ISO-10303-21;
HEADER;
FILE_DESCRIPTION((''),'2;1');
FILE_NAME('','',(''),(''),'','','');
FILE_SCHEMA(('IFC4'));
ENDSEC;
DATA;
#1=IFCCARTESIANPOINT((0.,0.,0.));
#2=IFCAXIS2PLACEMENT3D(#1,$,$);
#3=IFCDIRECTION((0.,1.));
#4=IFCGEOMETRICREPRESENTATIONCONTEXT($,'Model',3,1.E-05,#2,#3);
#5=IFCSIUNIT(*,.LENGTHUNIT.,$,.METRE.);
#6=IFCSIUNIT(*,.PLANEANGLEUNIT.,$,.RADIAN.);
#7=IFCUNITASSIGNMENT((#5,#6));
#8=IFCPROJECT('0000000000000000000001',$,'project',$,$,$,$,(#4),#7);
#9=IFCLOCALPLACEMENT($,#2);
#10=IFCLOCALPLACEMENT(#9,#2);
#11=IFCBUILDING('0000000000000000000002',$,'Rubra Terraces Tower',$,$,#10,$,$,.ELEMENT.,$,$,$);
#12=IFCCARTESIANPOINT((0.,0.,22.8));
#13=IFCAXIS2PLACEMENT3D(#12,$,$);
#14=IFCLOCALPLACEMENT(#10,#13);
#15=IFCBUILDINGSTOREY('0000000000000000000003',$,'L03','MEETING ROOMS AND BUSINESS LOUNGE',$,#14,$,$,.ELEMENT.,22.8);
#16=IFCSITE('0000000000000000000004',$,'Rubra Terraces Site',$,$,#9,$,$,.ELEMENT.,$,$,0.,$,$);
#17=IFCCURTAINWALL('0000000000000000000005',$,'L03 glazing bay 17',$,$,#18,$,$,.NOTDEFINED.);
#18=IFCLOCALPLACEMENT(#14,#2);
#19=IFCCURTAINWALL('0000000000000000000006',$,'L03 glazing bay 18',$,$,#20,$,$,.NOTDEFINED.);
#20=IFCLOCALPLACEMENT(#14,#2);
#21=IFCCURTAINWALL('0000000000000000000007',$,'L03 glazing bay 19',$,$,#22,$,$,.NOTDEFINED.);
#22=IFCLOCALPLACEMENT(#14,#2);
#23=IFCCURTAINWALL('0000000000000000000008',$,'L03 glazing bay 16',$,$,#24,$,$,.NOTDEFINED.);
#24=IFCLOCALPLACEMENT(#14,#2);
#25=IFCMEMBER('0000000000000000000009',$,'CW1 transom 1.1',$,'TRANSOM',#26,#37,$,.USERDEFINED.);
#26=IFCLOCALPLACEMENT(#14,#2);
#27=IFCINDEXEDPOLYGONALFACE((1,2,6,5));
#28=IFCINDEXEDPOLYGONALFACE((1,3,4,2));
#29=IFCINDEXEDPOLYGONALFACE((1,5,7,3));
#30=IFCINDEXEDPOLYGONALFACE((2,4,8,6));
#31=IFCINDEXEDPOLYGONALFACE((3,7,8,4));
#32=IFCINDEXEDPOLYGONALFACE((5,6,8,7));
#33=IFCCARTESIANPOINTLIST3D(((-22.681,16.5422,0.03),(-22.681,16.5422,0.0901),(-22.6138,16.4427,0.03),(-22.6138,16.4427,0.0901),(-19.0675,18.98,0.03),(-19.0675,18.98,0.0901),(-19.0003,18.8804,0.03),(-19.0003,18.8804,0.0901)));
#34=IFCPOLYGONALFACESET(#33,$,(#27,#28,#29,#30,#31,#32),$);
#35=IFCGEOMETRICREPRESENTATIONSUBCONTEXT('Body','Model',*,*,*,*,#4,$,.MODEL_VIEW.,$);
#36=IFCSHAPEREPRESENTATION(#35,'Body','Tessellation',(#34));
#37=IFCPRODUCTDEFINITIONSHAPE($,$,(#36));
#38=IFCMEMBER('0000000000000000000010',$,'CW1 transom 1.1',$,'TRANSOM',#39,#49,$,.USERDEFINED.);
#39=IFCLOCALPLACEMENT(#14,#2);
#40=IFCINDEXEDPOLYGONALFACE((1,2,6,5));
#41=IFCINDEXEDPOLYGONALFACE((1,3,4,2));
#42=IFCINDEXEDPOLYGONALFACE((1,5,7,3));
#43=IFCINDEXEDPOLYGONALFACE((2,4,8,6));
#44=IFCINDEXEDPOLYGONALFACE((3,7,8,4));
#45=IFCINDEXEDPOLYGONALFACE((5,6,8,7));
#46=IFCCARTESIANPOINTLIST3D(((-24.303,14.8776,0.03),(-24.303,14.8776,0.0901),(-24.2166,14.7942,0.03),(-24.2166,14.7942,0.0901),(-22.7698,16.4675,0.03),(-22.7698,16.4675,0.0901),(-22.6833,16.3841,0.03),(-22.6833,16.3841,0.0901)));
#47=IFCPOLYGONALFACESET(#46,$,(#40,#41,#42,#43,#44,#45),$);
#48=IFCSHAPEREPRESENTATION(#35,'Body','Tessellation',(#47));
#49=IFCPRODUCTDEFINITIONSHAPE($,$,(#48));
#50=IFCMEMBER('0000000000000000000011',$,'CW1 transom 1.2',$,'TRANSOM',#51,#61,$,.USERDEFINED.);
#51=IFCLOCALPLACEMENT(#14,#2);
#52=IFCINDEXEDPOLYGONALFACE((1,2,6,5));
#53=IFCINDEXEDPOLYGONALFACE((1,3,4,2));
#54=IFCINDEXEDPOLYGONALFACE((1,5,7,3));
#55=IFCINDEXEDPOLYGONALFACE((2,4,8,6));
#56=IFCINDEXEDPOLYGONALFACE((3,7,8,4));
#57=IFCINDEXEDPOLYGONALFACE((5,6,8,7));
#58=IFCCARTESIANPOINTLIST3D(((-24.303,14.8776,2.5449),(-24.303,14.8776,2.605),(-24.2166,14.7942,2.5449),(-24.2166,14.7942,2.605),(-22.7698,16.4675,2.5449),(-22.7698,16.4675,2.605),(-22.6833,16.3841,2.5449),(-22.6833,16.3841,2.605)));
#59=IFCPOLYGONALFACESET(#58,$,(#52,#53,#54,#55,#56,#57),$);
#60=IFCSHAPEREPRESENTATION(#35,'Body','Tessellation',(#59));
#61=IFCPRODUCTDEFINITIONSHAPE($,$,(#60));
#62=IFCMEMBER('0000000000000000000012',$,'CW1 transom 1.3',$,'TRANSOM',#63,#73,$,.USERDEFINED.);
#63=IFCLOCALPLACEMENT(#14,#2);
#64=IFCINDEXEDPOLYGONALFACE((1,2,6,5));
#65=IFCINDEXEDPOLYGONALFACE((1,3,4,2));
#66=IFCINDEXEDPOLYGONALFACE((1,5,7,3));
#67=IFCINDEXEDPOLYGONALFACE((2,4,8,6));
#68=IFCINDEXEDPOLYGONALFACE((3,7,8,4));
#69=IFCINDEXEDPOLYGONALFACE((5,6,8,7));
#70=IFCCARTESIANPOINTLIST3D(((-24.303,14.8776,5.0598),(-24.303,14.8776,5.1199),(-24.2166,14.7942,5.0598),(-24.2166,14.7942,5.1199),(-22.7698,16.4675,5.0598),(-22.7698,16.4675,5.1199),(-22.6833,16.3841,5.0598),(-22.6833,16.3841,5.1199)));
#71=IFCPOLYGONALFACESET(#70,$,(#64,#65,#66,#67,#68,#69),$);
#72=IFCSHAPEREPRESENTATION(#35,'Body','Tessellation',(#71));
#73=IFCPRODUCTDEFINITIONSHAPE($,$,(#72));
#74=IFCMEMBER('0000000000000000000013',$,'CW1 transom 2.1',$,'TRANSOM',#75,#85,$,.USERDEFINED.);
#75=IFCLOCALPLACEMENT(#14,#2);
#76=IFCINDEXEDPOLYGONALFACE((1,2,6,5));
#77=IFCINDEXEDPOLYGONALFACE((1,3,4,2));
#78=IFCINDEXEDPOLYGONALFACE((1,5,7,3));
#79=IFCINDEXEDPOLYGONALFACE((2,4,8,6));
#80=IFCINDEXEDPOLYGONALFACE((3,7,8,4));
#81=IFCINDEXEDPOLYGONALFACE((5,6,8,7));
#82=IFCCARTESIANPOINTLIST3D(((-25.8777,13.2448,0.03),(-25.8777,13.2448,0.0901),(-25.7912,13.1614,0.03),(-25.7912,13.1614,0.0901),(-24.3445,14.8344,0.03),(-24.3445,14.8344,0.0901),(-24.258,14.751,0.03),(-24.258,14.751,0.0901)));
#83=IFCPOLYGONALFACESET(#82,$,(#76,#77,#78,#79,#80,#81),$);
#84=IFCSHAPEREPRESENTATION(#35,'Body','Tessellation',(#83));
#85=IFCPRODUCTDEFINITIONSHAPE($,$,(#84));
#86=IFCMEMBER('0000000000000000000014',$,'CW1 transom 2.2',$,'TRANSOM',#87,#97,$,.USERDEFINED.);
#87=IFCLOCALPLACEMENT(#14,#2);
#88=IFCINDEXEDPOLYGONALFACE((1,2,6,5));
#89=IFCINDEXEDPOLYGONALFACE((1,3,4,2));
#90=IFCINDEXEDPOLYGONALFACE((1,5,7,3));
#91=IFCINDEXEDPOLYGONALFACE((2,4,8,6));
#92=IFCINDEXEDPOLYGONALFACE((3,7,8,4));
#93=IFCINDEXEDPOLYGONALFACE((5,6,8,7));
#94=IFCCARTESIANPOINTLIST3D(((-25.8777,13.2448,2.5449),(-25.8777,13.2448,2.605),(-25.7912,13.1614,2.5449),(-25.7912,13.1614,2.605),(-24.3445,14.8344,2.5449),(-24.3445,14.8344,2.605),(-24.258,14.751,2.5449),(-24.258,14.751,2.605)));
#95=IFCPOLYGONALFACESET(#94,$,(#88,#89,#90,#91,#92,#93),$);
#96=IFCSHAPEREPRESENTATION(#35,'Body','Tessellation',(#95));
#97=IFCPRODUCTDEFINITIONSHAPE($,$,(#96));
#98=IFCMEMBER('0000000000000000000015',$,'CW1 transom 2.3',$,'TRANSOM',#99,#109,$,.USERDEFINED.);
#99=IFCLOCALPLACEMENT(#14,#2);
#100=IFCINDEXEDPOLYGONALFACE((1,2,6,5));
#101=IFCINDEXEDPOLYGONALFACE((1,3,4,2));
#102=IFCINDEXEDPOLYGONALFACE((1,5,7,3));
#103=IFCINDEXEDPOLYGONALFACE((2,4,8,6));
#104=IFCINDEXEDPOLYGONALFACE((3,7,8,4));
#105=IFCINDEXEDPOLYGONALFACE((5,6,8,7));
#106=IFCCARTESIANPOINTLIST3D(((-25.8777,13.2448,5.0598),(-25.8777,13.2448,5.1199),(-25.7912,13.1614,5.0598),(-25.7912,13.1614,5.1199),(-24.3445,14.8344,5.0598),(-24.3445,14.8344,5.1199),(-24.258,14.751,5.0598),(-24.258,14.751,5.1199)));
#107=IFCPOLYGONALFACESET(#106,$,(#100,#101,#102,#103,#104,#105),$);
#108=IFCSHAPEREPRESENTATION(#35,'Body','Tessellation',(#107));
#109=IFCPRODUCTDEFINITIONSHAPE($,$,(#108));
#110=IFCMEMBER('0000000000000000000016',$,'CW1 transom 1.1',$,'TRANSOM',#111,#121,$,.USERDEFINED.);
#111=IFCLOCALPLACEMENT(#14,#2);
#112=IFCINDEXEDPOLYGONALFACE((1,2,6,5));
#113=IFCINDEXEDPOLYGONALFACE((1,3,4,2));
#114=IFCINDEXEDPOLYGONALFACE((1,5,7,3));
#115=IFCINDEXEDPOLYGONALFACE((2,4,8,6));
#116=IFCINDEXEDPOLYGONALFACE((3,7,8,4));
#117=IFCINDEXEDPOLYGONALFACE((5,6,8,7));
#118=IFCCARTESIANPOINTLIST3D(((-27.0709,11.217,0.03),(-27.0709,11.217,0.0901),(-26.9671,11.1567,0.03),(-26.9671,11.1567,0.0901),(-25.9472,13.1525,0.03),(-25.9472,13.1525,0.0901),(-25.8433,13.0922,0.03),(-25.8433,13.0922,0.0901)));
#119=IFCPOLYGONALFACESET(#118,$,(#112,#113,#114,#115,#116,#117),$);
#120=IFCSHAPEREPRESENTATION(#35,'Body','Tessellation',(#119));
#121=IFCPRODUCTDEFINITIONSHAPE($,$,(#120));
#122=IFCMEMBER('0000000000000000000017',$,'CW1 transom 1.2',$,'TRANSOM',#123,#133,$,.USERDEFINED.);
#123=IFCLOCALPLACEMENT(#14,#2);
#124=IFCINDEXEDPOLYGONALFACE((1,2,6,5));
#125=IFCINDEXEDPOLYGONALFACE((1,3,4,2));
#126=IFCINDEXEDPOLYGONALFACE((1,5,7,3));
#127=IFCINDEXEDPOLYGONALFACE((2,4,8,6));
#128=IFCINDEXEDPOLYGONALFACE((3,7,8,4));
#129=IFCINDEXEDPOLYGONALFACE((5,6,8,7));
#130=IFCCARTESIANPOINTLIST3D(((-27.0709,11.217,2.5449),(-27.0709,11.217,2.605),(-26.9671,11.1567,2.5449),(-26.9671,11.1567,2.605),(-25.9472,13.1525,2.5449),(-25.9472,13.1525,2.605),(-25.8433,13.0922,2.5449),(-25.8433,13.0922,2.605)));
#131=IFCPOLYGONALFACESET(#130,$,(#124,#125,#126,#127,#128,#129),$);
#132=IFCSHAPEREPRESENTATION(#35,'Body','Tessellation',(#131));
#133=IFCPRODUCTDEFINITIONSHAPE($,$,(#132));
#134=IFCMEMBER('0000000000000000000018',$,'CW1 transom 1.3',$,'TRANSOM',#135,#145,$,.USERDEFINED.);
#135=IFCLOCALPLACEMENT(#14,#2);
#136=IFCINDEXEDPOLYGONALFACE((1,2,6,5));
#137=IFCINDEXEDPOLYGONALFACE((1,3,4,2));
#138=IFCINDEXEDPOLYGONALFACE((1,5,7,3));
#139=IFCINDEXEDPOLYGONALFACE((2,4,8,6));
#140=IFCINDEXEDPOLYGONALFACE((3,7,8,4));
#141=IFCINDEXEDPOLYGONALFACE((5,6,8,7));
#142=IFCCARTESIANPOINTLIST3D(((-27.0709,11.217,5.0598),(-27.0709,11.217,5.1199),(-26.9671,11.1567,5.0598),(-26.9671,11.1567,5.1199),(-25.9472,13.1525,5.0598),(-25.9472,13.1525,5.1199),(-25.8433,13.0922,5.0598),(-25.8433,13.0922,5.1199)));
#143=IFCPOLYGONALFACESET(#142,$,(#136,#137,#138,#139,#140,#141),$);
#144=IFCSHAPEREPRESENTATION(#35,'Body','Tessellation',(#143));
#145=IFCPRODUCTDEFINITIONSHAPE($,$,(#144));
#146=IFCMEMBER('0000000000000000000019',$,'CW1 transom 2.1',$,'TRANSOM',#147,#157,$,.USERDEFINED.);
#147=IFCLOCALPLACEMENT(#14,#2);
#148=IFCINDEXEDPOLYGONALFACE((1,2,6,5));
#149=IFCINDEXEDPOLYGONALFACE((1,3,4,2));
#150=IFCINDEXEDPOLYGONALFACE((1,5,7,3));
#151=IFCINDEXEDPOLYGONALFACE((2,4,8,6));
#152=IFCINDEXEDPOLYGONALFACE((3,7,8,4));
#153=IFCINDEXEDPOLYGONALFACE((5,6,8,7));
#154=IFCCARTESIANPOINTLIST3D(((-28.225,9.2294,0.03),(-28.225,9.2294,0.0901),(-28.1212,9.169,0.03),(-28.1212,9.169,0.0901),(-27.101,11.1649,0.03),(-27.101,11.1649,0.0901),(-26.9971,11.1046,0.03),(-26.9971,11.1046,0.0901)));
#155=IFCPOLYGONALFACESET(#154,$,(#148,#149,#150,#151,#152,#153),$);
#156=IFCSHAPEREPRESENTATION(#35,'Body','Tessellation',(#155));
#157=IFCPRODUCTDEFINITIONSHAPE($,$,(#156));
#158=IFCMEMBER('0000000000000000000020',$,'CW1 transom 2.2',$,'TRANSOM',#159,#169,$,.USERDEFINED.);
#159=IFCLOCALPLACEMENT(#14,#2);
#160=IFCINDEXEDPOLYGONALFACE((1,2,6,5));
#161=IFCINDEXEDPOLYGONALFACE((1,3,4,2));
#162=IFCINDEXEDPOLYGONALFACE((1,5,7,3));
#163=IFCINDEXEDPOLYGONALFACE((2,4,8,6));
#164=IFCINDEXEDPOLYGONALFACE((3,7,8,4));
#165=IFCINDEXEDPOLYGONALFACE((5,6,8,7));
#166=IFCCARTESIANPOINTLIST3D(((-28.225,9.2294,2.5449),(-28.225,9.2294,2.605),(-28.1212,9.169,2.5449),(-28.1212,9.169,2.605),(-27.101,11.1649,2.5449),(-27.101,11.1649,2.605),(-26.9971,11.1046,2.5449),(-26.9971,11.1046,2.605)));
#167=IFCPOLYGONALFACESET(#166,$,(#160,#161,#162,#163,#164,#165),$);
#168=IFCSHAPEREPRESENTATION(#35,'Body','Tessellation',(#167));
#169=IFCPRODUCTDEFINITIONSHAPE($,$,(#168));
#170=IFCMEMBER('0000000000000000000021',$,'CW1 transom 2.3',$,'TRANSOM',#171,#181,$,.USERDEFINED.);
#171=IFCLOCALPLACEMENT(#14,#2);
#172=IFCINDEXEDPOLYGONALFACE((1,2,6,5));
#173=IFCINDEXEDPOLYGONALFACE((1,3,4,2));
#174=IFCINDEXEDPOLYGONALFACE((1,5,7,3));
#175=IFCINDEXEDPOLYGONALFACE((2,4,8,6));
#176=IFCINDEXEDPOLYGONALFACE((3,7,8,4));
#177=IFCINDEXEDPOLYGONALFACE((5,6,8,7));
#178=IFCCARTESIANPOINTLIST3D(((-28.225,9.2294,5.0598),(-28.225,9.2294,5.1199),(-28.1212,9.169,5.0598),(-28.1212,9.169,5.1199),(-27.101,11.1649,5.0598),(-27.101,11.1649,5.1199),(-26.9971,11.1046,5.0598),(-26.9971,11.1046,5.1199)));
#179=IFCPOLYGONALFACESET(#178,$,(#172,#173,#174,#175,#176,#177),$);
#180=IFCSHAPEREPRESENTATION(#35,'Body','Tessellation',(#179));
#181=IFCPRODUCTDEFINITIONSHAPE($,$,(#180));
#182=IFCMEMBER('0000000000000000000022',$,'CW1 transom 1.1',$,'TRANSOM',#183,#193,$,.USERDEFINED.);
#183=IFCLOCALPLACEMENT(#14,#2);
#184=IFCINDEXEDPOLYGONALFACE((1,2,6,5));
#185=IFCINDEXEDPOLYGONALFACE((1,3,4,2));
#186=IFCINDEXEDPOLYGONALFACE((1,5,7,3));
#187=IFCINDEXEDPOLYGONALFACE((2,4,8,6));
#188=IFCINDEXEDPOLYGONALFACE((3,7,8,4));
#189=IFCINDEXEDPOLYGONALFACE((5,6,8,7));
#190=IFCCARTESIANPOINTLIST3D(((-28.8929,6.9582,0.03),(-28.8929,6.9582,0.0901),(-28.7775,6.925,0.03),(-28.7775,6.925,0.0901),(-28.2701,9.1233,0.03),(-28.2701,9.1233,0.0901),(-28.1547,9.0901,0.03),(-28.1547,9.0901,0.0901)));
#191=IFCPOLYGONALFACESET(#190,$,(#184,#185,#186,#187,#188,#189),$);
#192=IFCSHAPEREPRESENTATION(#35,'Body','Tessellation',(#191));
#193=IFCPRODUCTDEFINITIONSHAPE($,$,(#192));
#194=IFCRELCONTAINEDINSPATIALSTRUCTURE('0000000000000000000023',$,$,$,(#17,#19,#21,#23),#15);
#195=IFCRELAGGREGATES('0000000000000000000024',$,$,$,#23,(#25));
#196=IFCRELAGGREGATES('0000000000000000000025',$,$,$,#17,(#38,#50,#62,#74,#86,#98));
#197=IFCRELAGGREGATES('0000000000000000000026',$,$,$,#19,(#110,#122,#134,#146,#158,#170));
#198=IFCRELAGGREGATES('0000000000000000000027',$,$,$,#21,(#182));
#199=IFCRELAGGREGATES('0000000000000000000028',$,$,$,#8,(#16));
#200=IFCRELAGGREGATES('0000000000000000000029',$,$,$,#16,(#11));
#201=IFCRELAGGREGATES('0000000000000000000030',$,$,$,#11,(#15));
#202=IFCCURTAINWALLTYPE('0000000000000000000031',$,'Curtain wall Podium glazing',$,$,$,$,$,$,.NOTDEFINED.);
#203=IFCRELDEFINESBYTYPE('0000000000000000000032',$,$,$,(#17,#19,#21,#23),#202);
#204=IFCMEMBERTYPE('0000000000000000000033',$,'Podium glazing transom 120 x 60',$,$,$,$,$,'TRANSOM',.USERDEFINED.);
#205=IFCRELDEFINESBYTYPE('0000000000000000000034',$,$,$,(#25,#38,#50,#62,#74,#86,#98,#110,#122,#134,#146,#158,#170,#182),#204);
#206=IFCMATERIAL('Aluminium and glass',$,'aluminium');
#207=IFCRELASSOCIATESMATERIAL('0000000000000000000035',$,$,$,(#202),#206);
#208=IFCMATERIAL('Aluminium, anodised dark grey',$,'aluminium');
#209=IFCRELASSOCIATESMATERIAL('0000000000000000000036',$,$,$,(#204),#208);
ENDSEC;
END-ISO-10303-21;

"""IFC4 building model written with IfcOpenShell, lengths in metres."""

from ifc_helpers import new_model, si_unit, direction, frame, origin, origin_2d, place, context, subcontext, project, spatial, rectangle, extrude, material, material_profile, profile_set, type_object, element, aggregate, save


model = new_model("IFC4")

# Units and contexts
model_context = context("Model", 3, precision=1e-05, world=origin(), true_north=direction((0.0, 1.0)))
body_context = subcontext(model_context, "Body", "Model", "MODEL_VIEW")
ifc_project = project(units=[si_unit("LENGTHUNIT", "METRE"), si_unit("PLANEANGLEUNIT", "RADIAN")], contexts=[model_context])

# Site, building, storey
site_placement = place(None, origin())
site = spatial("IfcSite", under=ifc_project, at=site_placement, Name="Rubra Terraces Site", CompositionType="ELEMENT", RefElevation=0.0)
building_placement = place(site_placement, origin())
building = spatial("IfcBuilding", under=site, at=building_placement, Name="Rubra Terraces Tower", CompositionType="ELEMENT")
storey_placement = place(building_placement, frame((0.0, 0.0, 22.8)))
storey = spatial("IfcBuildingStorey", under=building, at=storey_placement, Name="L03", Description="MEETING ROOMS AND BUSINESS LOUNGE", CompositionType="ELEMENT", Elevation=22.8)

# Curtain walls
ifc_material_1 = material(Name="Aluminium and glass", Category="aluminium")
curtain_wall_type = type_object("IfcCurtainWallType", Name="Curtain wall Podium glazing", PredefinedType="NOTDEFINED", material=ifc_material_1)
curtain_wall_1_placement = place(storey_placement, origin())
curtain_wall_1 = element("IfcCurtainWall", 1, at=curtain_wall_1_placement, inside=storey, type_object=curtain_wall_type, Name="L03 glazing bay 17", PredefinedType="NOTDEFINED")
ifc_material_2 = material(Name="Aluminium, anodised dark grey", Category="aluminium")
curtain_wall_2_placement = place(storey_placement, origin())
curtain_wall_2 = element("IfcCurtainWall", 2, at=curtain_wall_2_placement, inside=storey, type_object=curtain_wall_type, Name="L03 glazing bay 18", PredefinedType="NOTDEFINED")

# Curtain walls, member
curtain_wall_3_placement = place(storey_placement, origin())
curtain_wall_3 = element("IfcCurtainWall", 3, at=curtain_wall_3_placement, inside=storey, type_object=curtain_wall_type, Name="L03 glazing bay 19", PredefinedType="NOTDEFINED")
curtain_wall_4_placement = place(storey_placement, origin())
curtain_wall_4 = element("IfcCurtainWall", 4, at=curtain_wall_4_placement, inside=storey, type_object=curtain_wall_type, Name="L03 glazing bay 16", PredefinedType="NOTDEFINED")
ifc_material_profile_1 = material_profile(ifc_material_2, rectangle(XDim=0.1201, YDim=0.0601, at=origin_2d()), Name="AL 120x60")
ifc_profile_set_1 = profile_set([ifc_material_profile_1], Name="Aluminium, anodised dark grey")
member_type_1 = type_object("IfcMemberType", Name="Podium glazing transom 120 x 60", ElementType="TRANSOM", PredefinedType="USERDEFINED", material=ifc_profile_set_1)
member_1_placement = place(storey_placement, frame((-19.0339, 18.9302, 0.0601), z_axis=(-0.828996, -0.559254, 0.0), x_axis=(0.559254, -0.828996, 0.0)))
member_1 = element("IfcMember", 5, at=member_1_placement, type_object=member_type_1, Name="CW1 transom 1.1", ObjectType="TRANSOM", PredefinedType="USERDEFINED", context=body_context, shape_type="SweptSolid", body=[
    extrude(rectangle(XDim=0.1201, YDim=0.0601, at=origin_2d()), origin(), (0.0, 0.0, 1.0), 4.3589),
])

# Members
member_2_placement = place(storey_placement, frame((-22.7266, 16.4258, 0.0601), z_axis=(-0.694168, -0.719813, 0.0), x_axis=(0.719813, -0.694168, 0.0)))
member_2 = element("IfcMember", 6, at=member_2_placement, type_object=member_type_1, Name="CW1 transom 1.1", ObjectType="TRANSOM", PredefinedType="USERDEFINED", context=body_context, shape_type="SweptSolid", body=[
    extrude(rectangle(XDim=0.1201, YDim=0.0601, at=origin_2d()), origin(), (0.0, 0.0, 1.0), 2.2087),
])
member_3_placement = place(storey_placement, frame((-22.7266, 16.4258, 2.575), z_axis=(-0.694168, -0.719813, 0.0), x_axis=(0.719813, -0.694168, 0.0)))
member_3 = element("IfcMember", 7, at=member_3_placement, type_object=member_type_1, Name="CW1 transom 1.2", ObjectType="TRANSOM", PredefinedType="USERDEFINED", context=body_context, shape_type="SweptSolid", body=[
    extrude(rectangle(XDim=0.1201, YDim=0.0601, at=origin_2d()), origin(), (0.0, 0.0, 1.0), 2.2087),
])
member_4_placement = place(storey_placement, frame((-22.7266, 16.4258, 5.0898), z_axis=(-0.694168, -0.719813, 0.0), x_axis=(0.719813, -0.694168, 0.0)))
member_4 = element("IfcMember", 8, at=member_4_placement, type_object=member_type_1, Name="CW1 transom 1.3", ObjectType="TRANSOM", PredefinedType="USERDEFINED", context=body_context, shape_type="SweptSolid", body=[
    extrude(rectangle(XDim=0.1201, YDim=0.0601, at=origin_2d()), origin(), (0.0, 0.0, 1.0), 2.2087),
])
member_5_placement = place(storey_placement, frame((-24.3013, 14.7927, 0.0601), z_axis=(-0.694224, -0.719759, 0.0), x_axis=(0.719759, -0.694224, 0.0)))
member_5 = element("IfcMember", 9, at=member_5_placement, type_object=member_type_1, Name="CW1 transom 2.1", ObjectType="TRANSOM", PredefinedType="USERDEFINED", context=body_context, shape_type="SweptSolid", body=[
    extrude(rectangle(XDim=0.1201, YDim=0.0601, at=origin_2d()), origin(), (0.0, 0.0, 1.0), 2.2085),
])
member_6_placement = place(storey_placement, frame((-24.3013, 14.7927, 2.575), z_axis=(-0.694224, -0.719759, 0.0), x_axis=(0.719759, -0.694224, 0.0)))
member_6 = element("IfcMember", 10, at=member_6_placement, type_object=member_type_1, Name="CW1 transom 2.2", ObjectType="TRANSOM", PredefinedType="USERDEFINED", context=body_context, shape_type="SweptSolid", body=[
    extrude(rectangle(XDim=0.1201, YDim=0.0601, at=origin_2d()), origin(), (0.0, 0.0, 1.0), 2.2085),
])
member_7_placement = place(storey_placement, frame((-24.3013, 14.7927, 5.0898), z_axis=(-0.694224, -0.719759, 0.0), x_axis=(0.719759, -0.694224, 0.0)))
member_7 = element("IfcMember", 11, at=member_7_placement, type_object=member_type_1, Name="CW1 transom 2.3", ObjectType="TRANSOM", PredefinedType="USERDEFINED", context=body_context, shape_type="SweptSolid", body=[
    extrude(rectangle(XDim=0.1201, YDim=0.0601, at=origin_2d()), origin(), (0.0, 0.0, 1.0), 2.2085),
])
member_8_placement = place(storey_placement, frame((-25.8953, 13.1223, 0.0601), z_axis=(-0.502107, -0.864806, 0.0), x_axis=(0.864806, -0.502107, 0.0)))
member_8 = element("IfcMember", 12, at=member_8_placement, type_object=member_type_1, Name="CW1 transom 1.1", ObjectType="TRANSOM", PredefinedType="USERDEFINED", context=body_context, shape_type="SweptSolid", body=[
    extrude(rectangle(XDim=0.1201, YDim=0.0601, at=origin_2d()), origin(), (0.0, 0.0, 1.0), 2.238),
])
member_9_placement = place(storey_placement, frame((-25.8953, 13.1223, 2.575), z_axis=(-0.502107, -0.864806, 0.0), x_axis=(0.864806, -0.502107, 0.0)))
member_9 = element("IfcMember", 13, at=member_9_placement, type_object=member_type_1, Name="CW1 transom 1.2", ObjectType="TRANSOM", PredefinedType="USERDEFINED", context=body_context, shape_type="SweptSolid", body=[
    extrude(rectangle(XDim=0.1201, YDim=0.0601, at=origin_2d()), origin(), (0.0, 0.0, 1.0), 2.238),
])
member_10_placement = place(storey_placement, frame((-25.8953, 13.1223, 5.0898), z_axis=(-0.502107, -0.864806, 0.0), x_axis=(0.864806, -0.502107, 0.0)))
member_10 = element("IfcMember", 14, at=member_10_placement, type_object=member_type_1, Name="CW1 transom 1.3", ObjectType="TRANSOM", PredefinedType="USERDEFINED", context=body_context, shape_type="SweptSolid", body=[
    extrude(rectangle(XDim=0.1201, YDim=0.0601, at=origin_2d()), origin(), (0.0, 0.0, 1.0), 2.238),
])
member_11_placement = place(storey_placement, frame((-27.0491, 11.1348, 0.0601), z_axis=(-0.502188, -0.864758, 0.0), x_axis=(0.864758, -0.502188, 0.0)))
member_11 = element("IfcMember", 15, at=member_11_placement, type_object=member_type_1, Name="CW1 transom 2.1", ObjectType="TRANSOM", PredefinedType="USERDEFINED", context=body_context, shape_type="SweptSolid", body=[
    extrude(rectangle(XDim=0.1201, YDim=0.0601, at=origin_2d()), origin(), (0.0, 0.0, 1.0), 2.2383),
])
member_12_placement = place(storey_placement, frame((-27.0491, 11.1348, 2.575), z_axis=(-0.502188, -0.864758, 0.0), x_axis=(0.864758, -0.502188, 0.0)))
member_12 = element("IfcMember", 16, at=member_12_placement, type_object=member_type_1, Name="CW1 transom 2.2", ObjectType="TRANSOM", PredefinedType="USERDEFINED", context=body_context, shape_type="SweptSolid", body=[
    extrude(rectangle(XDim=0.1201, YDim=0.0601, at=origin_2d()), origin(), (0.0, 0.0, 1.0), 2.2383),
])
member_13_placement = place(storey_placement, frame((-27.0491, 11.1348, 5.0898), z_axis=(-0.502188, -0.864758, 0.0), x_axis=(0.864758, -0.502188, 0.0)))
member_13 = element("IfcMember", 17, at=member_13_placement, type_object=member_type_1, Name="CW1 transom 2.3", ObjectType="TRANSOM", PredefinedType="USERDEFINED", context=body_context, shape_type="SweptSolid", body=[
    extrude(rectangle(XDim=0.1201, YDim=0.0601, at=origin_2d()), origin(), (0.0, 0.0, 1.0), 2.2383),
])
member_14_placement = place(storey_placement, frame((-28.2124, 9.1067, 0.0601), z_axis=(-0.276453, -0.961028, 0.0), x_axis=(0.961028, -0.276453, 0.0)))
member_14 = element("IfcMember", 18, at=member_14_placement, type_object=member_type_1, Name="CW1 transom 1.1", ObjectType="TRANSOM", PredefinedType="USERDEFINED", context=body_context, shape_type="SweptSolid", body=[
    extrude(rectangle(XDim=0.1201, YDim=0.0601, at=origin_2d()), origin(), (0.0, 0.0, 1.0), 2.2529),
])

aggregate(curtain_wall_4, [member_1])
aggregate(curtain_wall_1, [member_2, member_3, member_4, member_5, member_6, member_7])
aggregate(curtain_wall_2, [member_8, member_9, member_10, member_11, member_12, member_13])
aggregate(curtain_wall_3, [member_14])

save(model, "model.ifc")
